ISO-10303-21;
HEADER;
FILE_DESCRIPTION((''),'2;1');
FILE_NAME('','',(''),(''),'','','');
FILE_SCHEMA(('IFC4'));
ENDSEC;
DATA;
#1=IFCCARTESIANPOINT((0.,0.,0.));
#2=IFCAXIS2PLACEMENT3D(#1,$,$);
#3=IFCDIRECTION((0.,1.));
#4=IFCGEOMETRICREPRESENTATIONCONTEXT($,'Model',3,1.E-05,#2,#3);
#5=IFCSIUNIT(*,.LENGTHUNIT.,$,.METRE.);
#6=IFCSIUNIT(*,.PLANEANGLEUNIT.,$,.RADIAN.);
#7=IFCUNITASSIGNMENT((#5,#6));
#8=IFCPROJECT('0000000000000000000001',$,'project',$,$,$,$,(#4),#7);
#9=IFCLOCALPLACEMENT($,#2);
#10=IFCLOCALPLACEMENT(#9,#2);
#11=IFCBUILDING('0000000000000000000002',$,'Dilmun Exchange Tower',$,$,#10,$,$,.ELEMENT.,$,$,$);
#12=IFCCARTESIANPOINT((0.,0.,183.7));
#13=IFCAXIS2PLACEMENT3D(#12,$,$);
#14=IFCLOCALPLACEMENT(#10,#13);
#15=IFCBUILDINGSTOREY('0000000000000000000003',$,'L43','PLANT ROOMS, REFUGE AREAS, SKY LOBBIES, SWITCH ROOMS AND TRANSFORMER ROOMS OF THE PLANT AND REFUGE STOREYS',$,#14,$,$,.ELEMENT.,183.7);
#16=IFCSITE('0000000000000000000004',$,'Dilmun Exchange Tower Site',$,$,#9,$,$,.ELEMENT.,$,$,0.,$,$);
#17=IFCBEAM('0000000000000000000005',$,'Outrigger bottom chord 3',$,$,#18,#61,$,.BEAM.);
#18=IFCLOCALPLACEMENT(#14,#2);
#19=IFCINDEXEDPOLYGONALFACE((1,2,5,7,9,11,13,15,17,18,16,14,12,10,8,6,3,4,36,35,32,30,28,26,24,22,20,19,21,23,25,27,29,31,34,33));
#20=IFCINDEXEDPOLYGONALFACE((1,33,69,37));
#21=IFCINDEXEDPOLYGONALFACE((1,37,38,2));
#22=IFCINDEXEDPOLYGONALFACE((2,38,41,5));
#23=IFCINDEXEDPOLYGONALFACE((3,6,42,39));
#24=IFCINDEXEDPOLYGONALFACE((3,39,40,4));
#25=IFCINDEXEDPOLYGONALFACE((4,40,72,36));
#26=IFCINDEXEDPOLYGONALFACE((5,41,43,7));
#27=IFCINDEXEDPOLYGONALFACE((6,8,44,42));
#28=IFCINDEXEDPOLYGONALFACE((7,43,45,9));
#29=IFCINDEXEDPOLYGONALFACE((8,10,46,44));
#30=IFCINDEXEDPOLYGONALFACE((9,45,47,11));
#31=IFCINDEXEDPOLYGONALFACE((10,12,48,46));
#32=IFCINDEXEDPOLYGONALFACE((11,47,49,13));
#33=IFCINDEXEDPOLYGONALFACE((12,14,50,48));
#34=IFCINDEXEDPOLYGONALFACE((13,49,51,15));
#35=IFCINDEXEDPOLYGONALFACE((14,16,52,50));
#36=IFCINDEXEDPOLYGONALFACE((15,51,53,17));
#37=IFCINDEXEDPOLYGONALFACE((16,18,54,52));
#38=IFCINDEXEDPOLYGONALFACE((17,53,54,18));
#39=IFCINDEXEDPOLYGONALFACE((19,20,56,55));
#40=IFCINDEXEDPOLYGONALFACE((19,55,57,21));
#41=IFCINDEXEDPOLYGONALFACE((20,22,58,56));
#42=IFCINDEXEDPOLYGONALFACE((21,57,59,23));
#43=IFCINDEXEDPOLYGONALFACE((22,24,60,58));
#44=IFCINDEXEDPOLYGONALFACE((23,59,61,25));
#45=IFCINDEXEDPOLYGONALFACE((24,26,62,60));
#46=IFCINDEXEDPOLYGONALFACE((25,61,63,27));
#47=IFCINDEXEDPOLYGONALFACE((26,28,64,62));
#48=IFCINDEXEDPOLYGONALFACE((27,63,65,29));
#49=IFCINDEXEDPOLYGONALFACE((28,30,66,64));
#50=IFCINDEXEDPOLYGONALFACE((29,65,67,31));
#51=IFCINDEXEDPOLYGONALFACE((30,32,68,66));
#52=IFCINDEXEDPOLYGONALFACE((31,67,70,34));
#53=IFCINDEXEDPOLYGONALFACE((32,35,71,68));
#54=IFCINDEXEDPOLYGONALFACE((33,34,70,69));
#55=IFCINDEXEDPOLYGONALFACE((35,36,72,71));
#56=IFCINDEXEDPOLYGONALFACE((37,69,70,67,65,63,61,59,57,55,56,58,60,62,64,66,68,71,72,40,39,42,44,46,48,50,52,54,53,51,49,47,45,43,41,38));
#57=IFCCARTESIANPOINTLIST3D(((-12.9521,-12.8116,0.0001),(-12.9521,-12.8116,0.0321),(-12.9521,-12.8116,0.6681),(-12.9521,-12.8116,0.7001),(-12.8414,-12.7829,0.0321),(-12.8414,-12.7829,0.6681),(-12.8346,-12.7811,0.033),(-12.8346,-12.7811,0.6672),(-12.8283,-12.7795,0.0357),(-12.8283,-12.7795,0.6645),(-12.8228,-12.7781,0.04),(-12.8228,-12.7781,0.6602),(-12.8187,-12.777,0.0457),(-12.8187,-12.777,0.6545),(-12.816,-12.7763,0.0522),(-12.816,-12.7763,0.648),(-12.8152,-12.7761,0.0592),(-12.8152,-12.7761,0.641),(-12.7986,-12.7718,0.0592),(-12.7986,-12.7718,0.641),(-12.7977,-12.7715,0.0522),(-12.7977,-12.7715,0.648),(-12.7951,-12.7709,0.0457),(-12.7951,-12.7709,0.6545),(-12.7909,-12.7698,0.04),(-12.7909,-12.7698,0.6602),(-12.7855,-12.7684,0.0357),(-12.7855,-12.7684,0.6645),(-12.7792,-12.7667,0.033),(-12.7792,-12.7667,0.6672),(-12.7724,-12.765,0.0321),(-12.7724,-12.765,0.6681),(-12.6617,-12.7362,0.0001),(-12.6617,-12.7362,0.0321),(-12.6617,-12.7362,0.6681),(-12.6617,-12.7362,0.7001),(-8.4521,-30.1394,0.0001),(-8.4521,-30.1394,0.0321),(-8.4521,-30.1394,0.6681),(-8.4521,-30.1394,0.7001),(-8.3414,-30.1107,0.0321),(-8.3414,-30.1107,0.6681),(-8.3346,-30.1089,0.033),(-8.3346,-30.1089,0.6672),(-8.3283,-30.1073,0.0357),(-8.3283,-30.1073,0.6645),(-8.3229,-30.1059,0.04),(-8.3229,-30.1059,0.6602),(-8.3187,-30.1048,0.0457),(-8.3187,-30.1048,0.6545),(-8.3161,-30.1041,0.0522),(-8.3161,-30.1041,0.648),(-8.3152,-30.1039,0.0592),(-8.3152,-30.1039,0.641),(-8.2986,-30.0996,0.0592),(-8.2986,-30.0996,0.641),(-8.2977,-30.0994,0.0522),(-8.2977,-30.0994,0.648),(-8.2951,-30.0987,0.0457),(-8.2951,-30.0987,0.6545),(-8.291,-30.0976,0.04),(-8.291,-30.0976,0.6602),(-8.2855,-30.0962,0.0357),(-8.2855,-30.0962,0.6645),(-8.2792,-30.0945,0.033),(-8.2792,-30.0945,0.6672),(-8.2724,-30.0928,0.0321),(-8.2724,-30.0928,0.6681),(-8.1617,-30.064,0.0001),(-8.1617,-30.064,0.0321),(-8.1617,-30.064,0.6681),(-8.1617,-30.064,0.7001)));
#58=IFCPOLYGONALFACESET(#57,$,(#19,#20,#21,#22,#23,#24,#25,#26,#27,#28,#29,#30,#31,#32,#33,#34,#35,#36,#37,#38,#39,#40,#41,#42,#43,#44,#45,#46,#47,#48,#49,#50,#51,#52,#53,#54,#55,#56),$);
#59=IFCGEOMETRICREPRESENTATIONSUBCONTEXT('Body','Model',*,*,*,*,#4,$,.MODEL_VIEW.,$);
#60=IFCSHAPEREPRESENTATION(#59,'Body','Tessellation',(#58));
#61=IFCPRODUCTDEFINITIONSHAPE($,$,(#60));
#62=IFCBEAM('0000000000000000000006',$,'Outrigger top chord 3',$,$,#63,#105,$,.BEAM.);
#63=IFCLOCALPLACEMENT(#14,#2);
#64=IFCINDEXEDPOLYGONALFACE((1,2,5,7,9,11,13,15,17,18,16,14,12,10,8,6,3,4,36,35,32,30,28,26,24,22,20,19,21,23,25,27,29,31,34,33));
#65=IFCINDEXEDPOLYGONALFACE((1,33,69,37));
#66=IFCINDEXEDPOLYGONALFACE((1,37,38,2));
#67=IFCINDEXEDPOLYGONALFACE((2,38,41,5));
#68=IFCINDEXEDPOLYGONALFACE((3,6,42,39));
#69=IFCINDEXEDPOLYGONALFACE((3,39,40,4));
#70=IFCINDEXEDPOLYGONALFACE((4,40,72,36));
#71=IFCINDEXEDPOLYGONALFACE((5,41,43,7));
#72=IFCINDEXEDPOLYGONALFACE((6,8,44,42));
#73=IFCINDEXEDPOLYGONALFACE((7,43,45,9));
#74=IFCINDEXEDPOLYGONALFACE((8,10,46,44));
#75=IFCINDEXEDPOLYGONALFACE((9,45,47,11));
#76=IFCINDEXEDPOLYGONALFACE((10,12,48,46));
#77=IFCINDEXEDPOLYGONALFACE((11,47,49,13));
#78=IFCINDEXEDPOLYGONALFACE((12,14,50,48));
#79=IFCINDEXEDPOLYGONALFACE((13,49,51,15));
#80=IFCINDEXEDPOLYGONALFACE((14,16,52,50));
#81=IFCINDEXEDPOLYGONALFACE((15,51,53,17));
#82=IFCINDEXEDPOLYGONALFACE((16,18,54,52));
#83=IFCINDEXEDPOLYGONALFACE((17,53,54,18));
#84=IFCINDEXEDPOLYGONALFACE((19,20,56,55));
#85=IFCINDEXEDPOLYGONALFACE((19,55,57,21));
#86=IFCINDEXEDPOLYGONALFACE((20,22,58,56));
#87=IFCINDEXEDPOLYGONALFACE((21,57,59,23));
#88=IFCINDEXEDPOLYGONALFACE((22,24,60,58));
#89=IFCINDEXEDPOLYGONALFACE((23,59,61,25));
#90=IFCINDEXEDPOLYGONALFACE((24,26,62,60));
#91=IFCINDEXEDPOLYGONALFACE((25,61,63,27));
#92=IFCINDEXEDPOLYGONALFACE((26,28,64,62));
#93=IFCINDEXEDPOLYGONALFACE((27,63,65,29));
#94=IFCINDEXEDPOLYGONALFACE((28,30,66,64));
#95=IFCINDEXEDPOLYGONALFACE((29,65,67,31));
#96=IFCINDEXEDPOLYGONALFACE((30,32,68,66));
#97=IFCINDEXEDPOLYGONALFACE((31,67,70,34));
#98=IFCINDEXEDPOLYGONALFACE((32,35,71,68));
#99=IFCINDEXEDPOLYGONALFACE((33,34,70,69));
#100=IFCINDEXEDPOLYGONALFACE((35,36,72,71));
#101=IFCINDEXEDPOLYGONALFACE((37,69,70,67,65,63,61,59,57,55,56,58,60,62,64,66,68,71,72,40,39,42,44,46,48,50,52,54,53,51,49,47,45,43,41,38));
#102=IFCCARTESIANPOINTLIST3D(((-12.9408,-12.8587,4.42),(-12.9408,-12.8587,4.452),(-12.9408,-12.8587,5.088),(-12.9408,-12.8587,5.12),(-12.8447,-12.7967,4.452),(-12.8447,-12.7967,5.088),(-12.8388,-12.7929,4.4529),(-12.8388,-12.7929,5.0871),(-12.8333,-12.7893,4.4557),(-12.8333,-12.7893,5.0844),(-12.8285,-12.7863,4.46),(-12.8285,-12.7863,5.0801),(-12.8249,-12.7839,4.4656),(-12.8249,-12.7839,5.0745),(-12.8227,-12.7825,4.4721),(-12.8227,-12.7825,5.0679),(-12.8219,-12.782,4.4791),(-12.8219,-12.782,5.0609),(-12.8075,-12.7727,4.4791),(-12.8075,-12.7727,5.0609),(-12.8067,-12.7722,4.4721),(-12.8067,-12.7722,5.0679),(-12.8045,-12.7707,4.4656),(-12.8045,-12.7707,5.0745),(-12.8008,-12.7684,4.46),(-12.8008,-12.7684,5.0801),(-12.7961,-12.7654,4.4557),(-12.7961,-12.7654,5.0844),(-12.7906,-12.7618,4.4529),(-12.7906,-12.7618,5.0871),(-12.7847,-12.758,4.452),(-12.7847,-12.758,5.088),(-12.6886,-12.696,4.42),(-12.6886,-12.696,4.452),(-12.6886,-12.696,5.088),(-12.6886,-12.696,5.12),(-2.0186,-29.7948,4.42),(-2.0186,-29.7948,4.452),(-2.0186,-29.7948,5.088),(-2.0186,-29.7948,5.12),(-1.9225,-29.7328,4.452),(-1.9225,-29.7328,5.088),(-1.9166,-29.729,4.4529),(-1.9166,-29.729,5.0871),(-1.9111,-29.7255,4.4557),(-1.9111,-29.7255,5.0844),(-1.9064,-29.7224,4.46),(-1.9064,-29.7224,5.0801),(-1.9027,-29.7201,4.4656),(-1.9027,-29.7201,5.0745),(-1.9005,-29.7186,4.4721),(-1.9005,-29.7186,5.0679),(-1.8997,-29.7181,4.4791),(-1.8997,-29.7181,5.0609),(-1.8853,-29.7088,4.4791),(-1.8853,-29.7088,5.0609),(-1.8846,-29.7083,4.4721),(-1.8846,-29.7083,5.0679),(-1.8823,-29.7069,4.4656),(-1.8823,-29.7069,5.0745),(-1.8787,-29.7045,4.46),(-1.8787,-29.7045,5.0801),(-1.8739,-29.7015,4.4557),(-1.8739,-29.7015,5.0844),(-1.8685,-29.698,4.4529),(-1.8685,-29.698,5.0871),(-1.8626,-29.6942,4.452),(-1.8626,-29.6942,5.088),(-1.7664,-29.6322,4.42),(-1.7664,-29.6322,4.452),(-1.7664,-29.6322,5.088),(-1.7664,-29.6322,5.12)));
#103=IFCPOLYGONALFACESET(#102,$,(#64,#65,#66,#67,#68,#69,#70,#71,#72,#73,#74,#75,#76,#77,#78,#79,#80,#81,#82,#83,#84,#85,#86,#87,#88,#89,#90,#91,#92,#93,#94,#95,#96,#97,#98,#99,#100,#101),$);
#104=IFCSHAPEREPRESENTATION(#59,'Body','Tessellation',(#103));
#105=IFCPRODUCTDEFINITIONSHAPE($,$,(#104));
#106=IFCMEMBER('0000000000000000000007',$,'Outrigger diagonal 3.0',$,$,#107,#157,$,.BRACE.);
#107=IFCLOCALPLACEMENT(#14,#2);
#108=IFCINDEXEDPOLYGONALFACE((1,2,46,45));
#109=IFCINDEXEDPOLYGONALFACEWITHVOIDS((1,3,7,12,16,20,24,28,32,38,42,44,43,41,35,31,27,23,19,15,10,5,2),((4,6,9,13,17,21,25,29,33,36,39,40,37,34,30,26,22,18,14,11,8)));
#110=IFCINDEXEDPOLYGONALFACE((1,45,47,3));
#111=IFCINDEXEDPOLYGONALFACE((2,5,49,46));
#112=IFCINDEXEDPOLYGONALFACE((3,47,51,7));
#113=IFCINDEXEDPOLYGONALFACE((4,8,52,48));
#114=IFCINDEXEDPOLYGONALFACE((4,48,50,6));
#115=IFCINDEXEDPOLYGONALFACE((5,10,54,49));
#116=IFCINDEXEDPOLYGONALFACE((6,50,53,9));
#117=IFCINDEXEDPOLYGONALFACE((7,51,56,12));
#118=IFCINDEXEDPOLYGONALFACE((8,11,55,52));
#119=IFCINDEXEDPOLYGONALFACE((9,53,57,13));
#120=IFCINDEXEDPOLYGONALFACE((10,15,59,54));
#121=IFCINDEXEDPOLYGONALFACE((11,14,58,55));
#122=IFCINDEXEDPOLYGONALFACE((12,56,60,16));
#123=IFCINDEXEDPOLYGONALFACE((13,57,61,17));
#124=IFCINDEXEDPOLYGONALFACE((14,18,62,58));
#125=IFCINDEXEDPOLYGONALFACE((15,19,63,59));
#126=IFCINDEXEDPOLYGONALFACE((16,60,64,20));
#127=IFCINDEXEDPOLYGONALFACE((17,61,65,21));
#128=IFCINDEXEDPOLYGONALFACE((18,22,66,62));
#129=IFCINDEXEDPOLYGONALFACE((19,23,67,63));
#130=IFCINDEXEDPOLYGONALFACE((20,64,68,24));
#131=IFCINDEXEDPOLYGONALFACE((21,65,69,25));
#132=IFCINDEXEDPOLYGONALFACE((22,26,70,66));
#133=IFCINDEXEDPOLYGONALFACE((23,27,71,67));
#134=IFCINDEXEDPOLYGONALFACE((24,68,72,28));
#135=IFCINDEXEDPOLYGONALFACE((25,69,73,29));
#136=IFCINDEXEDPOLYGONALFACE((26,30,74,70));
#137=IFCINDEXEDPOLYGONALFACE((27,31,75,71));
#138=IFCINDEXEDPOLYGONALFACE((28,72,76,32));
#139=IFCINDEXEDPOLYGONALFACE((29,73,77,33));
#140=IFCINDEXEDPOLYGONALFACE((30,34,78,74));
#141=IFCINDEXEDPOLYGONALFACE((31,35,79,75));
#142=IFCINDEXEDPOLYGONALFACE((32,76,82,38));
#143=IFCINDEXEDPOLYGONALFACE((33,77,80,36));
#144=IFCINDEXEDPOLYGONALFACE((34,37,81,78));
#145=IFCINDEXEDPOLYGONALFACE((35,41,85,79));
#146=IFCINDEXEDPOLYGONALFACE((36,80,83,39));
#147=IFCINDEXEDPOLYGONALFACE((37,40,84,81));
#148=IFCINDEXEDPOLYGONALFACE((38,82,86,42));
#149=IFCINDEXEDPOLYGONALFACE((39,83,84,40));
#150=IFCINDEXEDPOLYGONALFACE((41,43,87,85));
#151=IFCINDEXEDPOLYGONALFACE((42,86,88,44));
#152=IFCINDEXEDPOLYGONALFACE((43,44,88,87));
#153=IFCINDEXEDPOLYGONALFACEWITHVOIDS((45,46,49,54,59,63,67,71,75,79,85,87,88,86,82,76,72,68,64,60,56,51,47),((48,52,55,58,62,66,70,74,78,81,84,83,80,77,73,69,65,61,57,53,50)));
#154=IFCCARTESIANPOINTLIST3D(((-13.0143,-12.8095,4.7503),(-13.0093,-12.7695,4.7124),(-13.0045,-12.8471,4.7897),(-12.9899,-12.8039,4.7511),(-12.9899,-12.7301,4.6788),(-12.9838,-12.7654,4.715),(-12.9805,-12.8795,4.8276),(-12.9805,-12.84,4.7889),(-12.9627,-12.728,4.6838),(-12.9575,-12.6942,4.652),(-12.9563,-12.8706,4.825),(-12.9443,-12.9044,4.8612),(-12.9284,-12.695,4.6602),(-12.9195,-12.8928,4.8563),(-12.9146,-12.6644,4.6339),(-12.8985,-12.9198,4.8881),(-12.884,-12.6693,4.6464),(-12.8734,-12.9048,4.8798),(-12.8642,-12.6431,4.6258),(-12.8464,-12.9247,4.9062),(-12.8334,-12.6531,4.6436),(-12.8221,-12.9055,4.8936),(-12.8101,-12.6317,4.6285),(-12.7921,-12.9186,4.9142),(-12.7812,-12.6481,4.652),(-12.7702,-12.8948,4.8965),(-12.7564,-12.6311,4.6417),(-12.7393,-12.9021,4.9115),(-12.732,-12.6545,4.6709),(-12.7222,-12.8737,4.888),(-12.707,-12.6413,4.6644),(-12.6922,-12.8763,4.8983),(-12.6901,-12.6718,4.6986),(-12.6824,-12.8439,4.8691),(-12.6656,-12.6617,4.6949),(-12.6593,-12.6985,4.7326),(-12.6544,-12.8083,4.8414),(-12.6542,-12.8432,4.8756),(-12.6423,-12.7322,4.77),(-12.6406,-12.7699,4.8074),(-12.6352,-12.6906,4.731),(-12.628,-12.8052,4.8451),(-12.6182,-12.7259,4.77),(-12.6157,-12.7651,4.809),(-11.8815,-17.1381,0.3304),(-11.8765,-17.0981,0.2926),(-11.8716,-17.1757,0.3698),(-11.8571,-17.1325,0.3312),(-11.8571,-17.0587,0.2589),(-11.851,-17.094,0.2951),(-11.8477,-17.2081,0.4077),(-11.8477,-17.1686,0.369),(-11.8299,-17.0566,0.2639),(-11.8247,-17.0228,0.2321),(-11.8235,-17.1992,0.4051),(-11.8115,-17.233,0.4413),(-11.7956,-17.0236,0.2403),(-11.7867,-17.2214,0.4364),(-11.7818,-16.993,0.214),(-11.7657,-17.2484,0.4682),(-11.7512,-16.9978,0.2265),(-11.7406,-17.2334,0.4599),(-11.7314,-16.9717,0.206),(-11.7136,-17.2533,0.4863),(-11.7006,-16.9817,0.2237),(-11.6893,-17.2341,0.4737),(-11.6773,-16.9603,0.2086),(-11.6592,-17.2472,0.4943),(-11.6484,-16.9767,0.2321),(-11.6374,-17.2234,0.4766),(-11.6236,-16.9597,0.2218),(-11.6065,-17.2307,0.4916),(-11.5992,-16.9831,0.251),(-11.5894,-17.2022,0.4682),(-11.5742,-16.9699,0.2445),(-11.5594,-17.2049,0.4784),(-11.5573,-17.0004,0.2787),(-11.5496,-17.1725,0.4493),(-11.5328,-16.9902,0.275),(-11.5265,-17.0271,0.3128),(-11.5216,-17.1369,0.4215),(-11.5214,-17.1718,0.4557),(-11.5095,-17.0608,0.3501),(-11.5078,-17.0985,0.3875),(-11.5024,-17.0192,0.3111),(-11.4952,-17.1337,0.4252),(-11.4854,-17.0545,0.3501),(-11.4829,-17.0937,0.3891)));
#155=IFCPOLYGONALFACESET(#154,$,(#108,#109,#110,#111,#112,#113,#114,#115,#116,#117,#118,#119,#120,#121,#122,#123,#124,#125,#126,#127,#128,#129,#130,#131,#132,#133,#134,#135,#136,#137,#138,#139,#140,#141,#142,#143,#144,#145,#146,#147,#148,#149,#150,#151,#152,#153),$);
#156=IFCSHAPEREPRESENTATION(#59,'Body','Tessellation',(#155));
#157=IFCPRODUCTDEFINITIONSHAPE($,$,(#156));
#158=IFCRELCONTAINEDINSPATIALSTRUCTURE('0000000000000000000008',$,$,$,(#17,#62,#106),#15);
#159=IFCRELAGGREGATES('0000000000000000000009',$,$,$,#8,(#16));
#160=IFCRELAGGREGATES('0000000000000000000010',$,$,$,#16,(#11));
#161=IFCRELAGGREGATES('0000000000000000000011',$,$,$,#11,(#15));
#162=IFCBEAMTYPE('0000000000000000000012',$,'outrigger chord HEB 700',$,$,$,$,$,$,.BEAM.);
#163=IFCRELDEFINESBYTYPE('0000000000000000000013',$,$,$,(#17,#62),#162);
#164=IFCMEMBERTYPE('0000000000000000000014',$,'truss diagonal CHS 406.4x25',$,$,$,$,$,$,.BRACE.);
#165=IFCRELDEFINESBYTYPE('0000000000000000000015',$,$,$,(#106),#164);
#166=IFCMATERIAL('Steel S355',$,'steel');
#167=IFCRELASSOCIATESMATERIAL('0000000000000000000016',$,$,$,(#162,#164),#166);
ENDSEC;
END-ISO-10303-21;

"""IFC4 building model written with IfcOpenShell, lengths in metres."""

from ifc_helpers import new_model, si_unit, direction, frame, origin, origin_2d, place, context, subcontext, project, spatial, hollow_circle, i_section, extrude, material, material_profile, profile_set, type_object, element, save


model = new_model("IFC4")

# Units and contexts
model_context = context("Model", 3, precision=1e-05, world=origin(), true_north=direction((0.0, 1.0)))
body_context = subcontext(model_context, "Body", "Model", "MODEL_VIEW")
ifc_project = project(units=[si_unit("LENGTHUNIT", "METRE"), si_unit("PLANEANGLEUNIT", "RADIAN")], contexts=[model_context])

# Site, building, storey
site_placement = place(None, origin())
site = spatial("IfcSite", under=ifc_project, at=site_placement, Name="Dilmun Exchange Tower Site", CompositionType="ELEMENT", RefElevation=0.0)
building_placement = place(site_placement, origin())
building = spatial("IfcBuilding", under=site, at=building_placement, Name="Dilmun Exchange Tower", CompositionType="ELEMENT")
storey_placement = place(building_placement, frame((0.0, 0.0, 183.7)))
storey = spatial("IfcBuildingStorey", under=building, at=storey_placement, Name="L43", Description="PLANT ROOMS, REFUGE AREAS, SKY LOBBIES, SWITCH ROOMS AND TRANSFORMER ROOMS OF THE PLANT AND REFUGE STOREYS", CompositionType="ELEMENT", Elevation=183.7)

# Beams
ifc_material_1 = material(Name="Steel S355", Category="steel")
ifc_material_profile_1 = material_profile(ifc_material_1, i_section(OverallWidth=0.3, OverallDepth=0.7, WebThickness=0.0171, FlangeThickness=0.032, FilletRadius=0.0271, at=origin_2d()), Name="HEB 700")
ifc_profile_set_1 = profile_set([ifc_material_profile_1], Name="Steel S355")
beam_type = type_object("IfcBeamType", Name="outrigger chord HEB 700", PredefinedType="BEAM", material=ifc_profile_set_1)
beam_1_placement = place(storey_placement, frame((-12.8069, -12.7739, 0.3501), z_axis=(0.251359, -0.967894, 0.0), x_axis=(0.967894, 0.251359, 0.0)))
element("IfcBeam", 1, at=beam_1_placement, inside=storey, type_object=beam_type, Name="Outrigger bottom chord 3", PredefinedType="BEAM", context=body_context, shape_type="SweptSolid", body=[
    extrude(i_section(OverallWidth=0.3, OverallDepth=0.7, WebThickness=0.0171, FlangeThickness=0.032, FilletRadius=0.0271, at=origin_2d()), origin(), (0.0, 0.0, 1.0), 17.9026),
])
beam_2_placement = place(storey_placement, frame((-12.8147, -12.7773, 4.77), z_axis=(0.541974, -0.840395, 0.0), x_axis=(0.840395, 0.541974, 0.0)))
element("IfcBeam", 2, at=beam_2_placement, inside=storey, type_object=beam_type, Name="Outrigger top chord 3", PredefinedType="BEAM", context=body_context, shape_type="SweptSolid", body=[
    extrude(i_section(OverallWidth=0.3, OverallDepth=0.7, WebThickness=0.0171, FlangeThickness=0.032, FilletRadius=0.0271, at=origin_2d()), origin(), (0.0, 0.0, 1.0), 20.1526),
])

# Member
ifc_material_profile_2 = material_profile(ifc_material_1, hollow_circle(Radius=0.2031, WallThickness=0.0249, at=origin_2d()), Name="CHS 406.4x25")
ifc_profile_set_2 = profile_set([ifc_material_profile_2], Name="Steel S355")
member_type = type_object("IfcMemberType", Name="truss diagonal CHS 406.4x25", PredefinedType="BRACE", material=ifc_profile_set_2)
member_placement = place(storey_placement, frame((-12.8147, -12.7773, 4.77), z_axis=(0.180116, -0.688245, -0.702763), x_axis=(0.96742, 0.253177, 0.0)))
element("IfcMember", 3, at=member_placement, inside=storey, type_object=member_type, Name="Outrigger diagonal 3.0", PredefinedType="BRACE", context=body_context, shape_type="SweptSolid", body=[
    extrude(hollow_circle(Radius=0.2031, WallThickness=0.0249, at=origin_2d()), origin(), (0.0, 0.0, 1.0), 6.2893),
])

save(model, "model.ifc")
